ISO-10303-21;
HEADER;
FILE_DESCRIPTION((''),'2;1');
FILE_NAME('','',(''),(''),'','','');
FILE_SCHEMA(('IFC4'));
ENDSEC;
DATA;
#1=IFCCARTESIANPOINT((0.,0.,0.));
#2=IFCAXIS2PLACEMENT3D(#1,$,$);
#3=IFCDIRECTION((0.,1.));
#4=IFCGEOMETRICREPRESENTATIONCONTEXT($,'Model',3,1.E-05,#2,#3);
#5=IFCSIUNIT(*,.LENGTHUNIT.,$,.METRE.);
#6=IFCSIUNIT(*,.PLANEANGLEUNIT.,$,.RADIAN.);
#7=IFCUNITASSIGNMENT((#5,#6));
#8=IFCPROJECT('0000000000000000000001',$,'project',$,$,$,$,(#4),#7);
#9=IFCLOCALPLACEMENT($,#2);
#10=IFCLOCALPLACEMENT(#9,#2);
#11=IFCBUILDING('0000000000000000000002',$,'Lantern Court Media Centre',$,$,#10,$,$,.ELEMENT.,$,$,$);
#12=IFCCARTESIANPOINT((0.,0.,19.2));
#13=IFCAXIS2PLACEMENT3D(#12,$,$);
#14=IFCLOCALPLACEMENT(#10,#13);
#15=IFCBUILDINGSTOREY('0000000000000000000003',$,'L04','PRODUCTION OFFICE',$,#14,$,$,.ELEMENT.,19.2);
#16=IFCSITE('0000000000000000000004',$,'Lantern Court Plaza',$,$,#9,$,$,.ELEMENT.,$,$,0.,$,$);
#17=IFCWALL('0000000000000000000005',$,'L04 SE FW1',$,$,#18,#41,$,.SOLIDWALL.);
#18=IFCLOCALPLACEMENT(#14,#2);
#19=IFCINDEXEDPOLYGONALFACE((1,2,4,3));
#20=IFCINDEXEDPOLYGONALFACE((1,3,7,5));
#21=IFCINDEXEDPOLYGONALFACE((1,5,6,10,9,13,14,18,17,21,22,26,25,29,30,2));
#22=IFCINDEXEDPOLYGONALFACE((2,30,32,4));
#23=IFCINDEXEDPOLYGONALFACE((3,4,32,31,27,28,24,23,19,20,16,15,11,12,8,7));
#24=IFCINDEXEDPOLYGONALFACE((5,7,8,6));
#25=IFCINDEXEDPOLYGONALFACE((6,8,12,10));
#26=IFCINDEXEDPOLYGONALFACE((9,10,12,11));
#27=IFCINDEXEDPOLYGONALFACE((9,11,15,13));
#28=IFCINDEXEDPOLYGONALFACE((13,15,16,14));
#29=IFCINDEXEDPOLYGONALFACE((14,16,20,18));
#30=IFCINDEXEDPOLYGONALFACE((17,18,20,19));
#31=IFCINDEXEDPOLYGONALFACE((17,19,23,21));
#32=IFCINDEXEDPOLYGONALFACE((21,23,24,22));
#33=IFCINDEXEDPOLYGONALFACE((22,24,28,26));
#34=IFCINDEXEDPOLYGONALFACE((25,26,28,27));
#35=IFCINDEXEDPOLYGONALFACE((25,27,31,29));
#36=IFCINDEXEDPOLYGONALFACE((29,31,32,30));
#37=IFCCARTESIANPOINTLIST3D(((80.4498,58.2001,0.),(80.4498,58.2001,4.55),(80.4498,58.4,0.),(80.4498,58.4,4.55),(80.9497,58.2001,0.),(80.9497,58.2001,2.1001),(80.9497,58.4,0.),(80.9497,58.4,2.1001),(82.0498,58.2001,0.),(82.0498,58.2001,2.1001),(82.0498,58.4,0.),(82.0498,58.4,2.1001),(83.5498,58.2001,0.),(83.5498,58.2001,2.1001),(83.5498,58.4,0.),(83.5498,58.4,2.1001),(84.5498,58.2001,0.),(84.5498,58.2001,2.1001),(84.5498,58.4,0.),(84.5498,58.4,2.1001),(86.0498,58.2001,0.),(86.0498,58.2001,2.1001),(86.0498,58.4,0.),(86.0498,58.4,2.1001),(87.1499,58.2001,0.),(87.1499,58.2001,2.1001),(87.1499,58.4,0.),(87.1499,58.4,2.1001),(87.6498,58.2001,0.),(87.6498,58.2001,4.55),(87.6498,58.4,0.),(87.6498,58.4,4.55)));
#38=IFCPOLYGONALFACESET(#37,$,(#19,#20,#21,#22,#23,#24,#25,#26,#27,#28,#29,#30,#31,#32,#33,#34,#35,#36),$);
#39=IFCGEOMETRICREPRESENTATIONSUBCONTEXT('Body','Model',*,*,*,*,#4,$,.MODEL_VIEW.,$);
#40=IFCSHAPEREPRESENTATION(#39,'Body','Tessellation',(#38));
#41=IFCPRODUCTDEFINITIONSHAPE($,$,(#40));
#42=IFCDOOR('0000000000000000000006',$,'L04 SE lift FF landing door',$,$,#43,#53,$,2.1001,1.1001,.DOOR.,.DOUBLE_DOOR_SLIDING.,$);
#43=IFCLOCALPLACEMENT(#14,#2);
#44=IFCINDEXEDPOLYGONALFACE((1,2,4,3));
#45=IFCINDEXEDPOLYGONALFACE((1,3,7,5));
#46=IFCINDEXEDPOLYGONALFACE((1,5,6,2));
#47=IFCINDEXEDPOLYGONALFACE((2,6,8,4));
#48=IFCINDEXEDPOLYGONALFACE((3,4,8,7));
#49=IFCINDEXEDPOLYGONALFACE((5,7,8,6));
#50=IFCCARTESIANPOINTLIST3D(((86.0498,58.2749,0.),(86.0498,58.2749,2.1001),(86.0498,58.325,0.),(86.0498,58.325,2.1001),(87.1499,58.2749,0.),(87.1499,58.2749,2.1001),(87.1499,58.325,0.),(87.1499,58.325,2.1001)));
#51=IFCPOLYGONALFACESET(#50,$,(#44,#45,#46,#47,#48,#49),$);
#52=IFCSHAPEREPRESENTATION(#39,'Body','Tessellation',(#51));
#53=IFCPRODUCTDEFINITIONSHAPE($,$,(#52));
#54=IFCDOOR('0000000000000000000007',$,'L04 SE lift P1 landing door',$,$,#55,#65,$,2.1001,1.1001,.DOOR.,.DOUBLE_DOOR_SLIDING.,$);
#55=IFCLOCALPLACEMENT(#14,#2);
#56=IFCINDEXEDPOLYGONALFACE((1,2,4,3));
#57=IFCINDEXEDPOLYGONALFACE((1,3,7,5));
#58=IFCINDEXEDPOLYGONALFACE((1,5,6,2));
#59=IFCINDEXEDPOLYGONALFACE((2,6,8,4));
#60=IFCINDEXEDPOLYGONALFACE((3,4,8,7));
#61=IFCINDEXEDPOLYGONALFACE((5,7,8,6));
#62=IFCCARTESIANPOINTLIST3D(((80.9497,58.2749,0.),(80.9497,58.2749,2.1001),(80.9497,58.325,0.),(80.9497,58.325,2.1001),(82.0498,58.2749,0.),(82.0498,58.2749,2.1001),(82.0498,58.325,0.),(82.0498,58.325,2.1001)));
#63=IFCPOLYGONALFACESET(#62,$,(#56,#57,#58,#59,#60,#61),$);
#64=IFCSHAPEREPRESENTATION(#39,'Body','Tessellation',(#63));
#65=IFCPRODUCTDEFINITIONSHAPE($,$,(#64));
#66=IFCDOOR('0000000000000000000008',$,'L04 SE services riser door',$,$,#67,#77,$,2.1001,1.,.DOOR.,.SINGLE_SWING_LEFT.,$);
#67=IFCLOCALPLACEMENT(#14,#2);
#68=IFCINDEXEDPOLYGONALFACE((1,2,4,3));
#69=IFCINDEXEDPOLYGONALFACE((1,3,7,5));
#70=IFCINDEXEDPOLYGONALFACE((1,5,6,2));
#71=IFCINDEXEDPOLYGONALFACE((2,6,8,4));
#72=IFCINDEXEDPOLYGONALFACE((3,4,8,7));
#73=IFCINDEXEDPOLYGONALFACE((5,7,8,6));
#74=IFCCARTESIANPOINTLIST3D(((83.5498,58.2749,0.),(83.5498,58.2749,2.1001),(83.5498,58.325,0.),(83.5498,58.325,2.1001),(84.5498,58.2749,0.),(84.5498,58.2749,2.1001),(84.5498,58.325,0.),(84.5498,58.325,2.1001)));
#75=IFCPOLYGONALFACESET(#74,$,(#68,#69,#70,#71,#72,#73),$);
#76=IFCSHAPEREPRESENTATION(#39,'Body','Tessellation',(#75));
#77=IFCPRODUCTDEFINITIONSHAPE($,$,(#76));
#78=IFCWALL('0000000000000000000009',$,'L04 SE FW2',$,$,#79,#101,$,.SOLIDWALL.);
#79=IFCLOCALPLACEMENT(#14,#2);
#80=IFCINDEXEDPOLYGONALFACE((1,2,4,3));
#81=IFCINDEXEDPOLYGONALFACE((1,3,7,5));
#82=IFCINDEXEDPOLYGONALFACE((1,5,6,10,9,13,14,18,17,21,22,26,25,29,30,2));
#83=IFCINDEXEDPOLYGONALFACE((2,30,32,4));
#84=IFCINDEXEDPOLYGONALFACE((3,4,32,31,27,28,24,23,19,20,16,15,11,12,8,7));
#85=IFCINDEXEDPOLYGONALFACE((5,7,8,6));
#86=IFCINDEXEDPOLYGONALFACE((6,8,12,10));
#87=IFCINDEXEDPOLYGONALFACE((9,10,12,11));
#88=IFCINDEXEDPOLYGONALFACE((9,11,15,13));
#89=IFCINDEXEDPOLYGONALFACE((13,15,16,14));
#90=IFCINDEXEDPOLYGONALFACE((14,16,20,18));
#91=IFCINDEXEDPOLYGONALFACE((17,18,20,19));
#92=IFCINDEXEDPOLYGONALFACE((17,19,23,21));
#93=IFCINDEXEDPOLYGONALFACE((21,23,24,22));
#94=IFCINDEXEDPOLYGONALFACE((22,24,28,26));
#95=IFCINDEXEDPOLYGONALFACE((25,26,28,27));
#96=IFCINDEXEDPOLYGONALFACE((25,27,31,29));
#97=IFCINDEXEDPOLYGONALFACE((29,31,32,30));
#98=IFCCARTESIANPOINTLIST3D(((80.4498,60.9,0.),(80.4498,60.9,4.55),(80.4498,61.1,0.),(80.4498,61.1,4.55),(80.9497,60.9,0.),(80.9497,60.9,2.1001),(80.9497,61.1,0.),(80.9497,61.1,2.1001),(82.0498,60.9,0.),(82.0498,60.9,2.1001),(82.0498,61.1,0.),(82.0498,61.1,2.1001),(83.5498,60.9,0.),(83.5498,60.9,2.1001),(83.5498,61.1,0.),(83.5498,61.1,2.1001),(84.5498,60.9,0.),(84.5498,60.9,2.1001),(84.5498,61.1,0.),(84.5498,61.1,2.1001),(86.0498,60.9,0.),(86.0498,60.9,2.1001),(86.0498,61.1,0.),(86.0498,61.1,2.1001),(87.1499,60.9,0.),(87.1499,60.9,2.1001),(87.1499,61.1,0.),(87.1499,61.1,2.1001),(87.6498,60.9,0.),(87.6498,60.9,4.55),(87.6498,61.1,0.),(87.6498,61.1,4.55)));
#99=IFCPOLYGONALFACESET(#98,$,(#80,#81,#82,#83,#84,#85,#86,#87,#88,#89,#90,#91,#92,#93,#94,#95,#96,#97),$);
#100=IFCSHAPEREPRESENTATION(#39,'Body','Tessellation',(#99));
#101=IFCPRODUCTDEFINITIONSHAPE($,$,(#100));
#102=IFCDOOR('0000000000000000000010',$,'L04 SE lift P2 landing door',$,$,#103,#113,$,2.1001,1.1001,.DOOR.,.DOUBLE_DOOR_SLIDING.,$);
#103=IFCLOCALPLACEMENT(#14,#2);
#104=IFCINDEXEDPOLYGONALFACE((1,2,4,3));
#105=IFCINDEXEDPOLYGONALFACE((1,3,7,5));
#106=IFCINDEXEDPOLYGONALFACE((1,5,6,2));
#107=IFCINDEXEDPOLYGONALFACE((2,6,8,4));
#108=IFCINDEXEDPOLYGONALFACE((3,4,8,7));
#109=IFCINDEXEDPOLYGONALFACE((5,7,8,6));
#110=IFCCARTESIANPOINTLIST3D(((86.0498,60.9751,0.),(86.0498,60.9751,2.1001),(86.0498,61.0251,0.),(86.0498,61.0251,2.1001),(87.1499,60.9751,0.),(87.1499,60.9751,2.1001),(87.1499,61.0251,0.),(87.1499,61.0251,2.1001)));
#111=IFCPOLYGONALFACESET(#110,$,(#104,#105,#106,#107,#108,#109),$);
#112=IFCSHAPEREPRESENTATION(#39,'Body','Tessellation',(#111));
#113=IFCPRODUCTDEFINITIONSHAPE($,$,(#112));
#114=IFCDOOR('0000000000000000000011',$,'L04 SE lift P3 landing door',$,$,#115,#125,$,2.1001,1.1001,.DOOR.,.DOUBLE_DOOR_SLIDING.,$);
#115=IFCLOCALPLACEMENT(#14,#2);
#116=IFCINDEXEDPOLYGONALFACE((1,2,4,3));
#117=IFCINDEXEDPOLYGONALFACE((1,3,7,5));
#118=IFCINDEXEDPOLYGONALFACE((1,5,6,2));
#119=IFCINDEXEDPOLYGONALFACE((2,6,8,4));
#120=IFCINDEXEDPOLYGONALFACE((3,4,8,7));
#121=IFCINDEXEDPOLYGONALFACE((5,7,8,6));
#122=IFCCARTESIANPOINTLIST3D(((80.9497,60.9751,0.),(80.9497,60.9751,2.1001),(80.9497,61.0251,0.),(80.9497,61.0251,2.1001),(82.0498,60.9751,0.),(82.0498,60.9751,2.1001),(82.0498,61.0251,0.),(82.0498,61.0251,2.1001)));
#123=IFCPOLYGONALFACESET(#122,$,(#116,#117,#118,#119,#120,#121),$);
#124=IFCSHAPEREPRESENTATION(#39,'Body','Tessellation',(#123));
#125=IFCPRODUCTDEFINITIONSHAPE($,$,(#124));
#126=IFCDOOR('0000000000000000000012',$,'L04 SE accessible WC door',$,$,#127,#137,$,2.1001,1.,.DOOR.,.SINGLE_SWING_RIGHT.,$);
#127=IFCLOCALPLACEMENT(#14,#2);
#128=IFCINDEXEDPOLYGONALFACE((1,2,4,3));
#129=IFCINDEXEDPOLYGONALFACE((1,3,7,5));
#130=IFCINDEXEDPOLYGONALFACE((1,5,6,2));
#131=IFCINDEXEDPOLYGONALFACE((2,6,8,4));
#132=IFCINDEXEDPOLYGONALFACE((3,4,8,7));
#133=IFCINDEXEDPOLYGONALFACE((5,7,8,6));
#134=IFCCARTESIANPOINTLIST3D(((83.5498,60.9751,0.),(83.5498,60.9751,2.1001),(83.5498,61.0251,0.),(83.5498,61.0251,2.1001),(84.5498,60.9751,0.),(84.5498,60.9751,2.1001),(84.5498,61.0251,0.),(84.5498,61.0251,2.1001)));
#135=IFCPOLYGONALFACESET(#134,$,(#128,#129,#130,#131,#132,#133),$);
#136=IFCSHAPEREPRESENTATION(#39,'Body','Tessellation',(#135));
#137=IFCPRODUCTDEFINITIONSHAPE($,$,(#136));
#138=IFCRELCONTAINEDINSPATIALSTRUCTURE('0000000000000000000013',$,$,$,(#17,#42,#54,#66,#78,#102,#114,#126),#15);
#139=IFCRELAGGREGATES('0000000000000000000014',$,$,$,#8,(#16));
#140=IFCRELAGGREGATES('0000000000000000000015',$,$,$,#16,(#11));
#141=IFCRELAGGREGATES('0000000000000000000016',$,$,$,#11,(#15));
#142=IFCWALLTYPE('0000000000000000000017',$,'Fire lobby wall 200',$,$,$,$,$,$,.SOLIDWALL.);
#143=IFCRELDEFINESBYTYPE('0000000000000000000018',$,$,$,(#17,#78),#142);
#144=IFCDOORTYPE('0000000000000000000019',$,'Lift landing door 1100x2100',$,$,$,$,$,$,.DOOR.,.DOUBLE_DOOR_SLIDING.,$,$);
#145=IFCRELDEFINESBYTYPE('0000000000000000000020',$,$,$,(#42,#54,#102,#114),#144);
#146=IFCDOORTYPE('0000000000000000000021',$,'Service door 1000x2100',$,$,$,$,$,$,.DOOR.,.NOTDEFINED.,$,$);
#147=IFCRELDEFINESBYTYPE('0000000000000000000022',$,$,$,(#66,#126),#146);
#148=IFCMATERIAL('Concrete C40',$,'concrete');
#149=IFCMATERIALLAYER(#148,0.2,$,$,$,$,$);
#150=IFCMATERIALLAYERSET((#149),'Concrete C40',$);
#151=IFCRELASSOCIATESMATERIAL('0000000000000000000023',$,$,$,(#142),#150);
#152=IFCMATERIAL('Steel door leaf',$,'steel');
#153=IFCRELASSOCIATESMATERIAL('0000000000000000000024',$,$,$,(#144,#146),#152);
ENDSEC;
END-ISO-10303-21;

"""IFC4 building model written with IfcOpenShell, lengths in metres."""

from ifc_helpers import new_model, si_unit, direction, frame, frame_2d, origin, place, context, subcontext, project, spatial, rectangle, extrude, material, layer, layer_set, type_object, element, fill, save


model = new_model("IFC4")

# Units and contexts
model_context = context("Model", 3, precision=1e-05, world=origin(), true_north=direction((0.0, 1.0)))
body_context = subcontext(model_context, "Body", "Model", "MODEL_VIEW")
ifc_project = project(units=[si_unit("LENGTHUNIT", "METRE"), si_unit("PLANEANGLEUNIT", "RADIAN")], contexts=[model_context])

# Site, building, storey
site_placement = place(None, origin())
site = spatial("IfcSite", under=ifc_project, at=site_placement, Name="Lantern Court Plaza", CompositionType="ELEMENT", RefElevation=0.0)
building_placement = place(site_placement, origin())
building = spatial("IfcBuilding", under=site, at=building_placement, Name="Lantern Court Media Centre", CompositionType="ELEMENT")
storey_placement = place(building_placement, frame((0.0, 0.0, 19.2)))
storey = spatial("IfcBuildingStorey", under=building, at=storey_placement, Name="L04", Description="PRODUCTION OFFICE", CompositionType="ELEMENT", Elevation=19.2)

# Walls, openings, doors
ifc_material_1 = material(Name="Concrete C40", Category="concrete")
ifc_layer_1 = layer(ifc_material_1, 0.2)
ifc_layer_set_1 = layer_set([ifc_layer_1], Name="Concrete C40")
wall_type_1 = type_object("IfcWallType", Name="Fire lobby wall 200", PredefinedType="SOLIDWALL", material=ifc_layer_set_1)
wall_1_placement = place(storey_placement, frame((87.6499, 58.3, 0.0), z_axis=(0.0, 0.0, 1.0), x_axis=(-1.0, 0.0, 0.0)))
wall_1 = element("IfcWall", 1, at=wall_1_placement, inside=storey, type_object=wall_type_1, Name="L04 SE FW1", PredefinedType="SOLIDWALL", context=body_context, shape_type="SweptSolid", body=[
    extrude(rectangle(XDim=7.2, YDim=0.2, at=frame_2d((3.6001, 0.0))), origin(), (0.0, 0.0, 1.0), 4.55),
])
opening_1_placement = place(wall_1_placement, frame((0.5, 0.0, 0.0)))
opening_1 = element("IfcOpeningElement", 2, at=opening_1_placement, cuts=wall_1, PredefinedType="OPENING", context=body_context, shape_type="SweptSolid", body=[
    extrude(rectangle(XDim=1.1001, YDim=2.1001, at=frame_2d((0.55, 1.05))), frame((0.0, 0.1099, 0.0), z_axis=(0.0, -1.0, 0.0), x_axis=(1.0, 0.0, 0.0)), (0.0, 0.0, 1.0), 0.22),
])
opening_2_placement = place(wall_1_placement, frame((5.6001, 0.0, 0.0)))
opening_2 = element("IfcOpeningElement", 3, at=opening_2_placement, cuts=wall_1, PredefinedType="OPENING", context=body_context, shape_type="SweptSolid", body=[
    extrude(rectangle(XDim=1.1001, YDim=2.1001, at=frame_2d((0.55, 1.05))), frame((0.0, 0.1099, 0.0), z_axis=(0.0, -1.0, 0.0), x_axis=(1.0, 0.0, 0.0)), (0.0, 0.0, 1.0), 0.22),
])
opening_3_placement = place(wall_1_placement, frame((3.1001, 0.0, 0.0)))
opening_3 = element("IfcOpeningElement", 4, at=opening_3_placement, cuts=wall_1, PredefinedType="OPENING", context=body_context, shape_type="SweptSolid", body=[
    extrude(rectangle(XDim=1.0, YDim=2.1001, at=frame_2d((0.5, 1.05))), frame((0.0, 0.1099, 0.0), z_axis=(0.0, -1.0, 0.0), x_axis=(1.0, 0.0, 0.0)), (0.0, 0.0, 1.0), 0.22),
])
ifc_material_2 = material(Name="Steel door leaf", Category="steel")
door_type_1 = type_object("IfcDoorType", Name="Lift landing door 1100x2100", OperationType="DOUBLE_DOOR_SLIDING", PredefinedType="DOOR", material=ifc_material_2)
door_1_placement = place(opening_1_placement, frame((1.1001, 0.0, 0.0), z_axis=(0.0, 0.0, 1.0), x_axis=(-1.0, 0.0, 0.0)))
door_1 = element("IfcDoor", 5, at=door_1_placement, inside=storey, type_object=door_type_1, Name="L04 SE lift FF landing door", OperationType="DOUBLE_DOOR_SLIDING", OverallHeight=2.1001, OverallWidth=1.1001, PredefinedType="DOOR", context=body_context, shape_type="SweptSolid", body=[
    extrude(rectangle(XDim=1.1001, YDim=2.1001, at=frame_2d((0.55, 1.05))), frame((0.0, 0.0249, 0.0), z_axis=(0.0, -1.0, 0.0), x_axis=(1.0, 0.0, 0.0)), (0.0, 0.0, 1.0), 0.05),
])
fill(opening_1, door_1)
door_2_placement = place(opening_2_placement, frame((1.1001, 0.0, 0.0), z_axis=(0.0, 0.0, 1.0), x_axis=(-1.0, 0.0, 0.0)))
door_2 = element("IfcDoor", 6, at=door_2_placement, inside=storey, type_object=door_type_1, Name="L04 SE lift P1 landing door", OperationType="DOUBLE_DOOR_SLIDING", OverallHeight=2.1001, OverallWidth=1.1001, PredefinedType="DOOR", context=body_context, shape_type="SweptSolid", body=[
    extrude(rectangle(XDim=1.1001, YDim=2.1001, at=frame_2d((0.55, 1.05))), frame((0.0, 0.0249, 0.0), z_axis=(0.0, -1.0, 0.0), x_axis=(1.0, 0.0, 0.0)), (0.0, 0.0, 1.0), 0.05),
])
fill(opening_2, door_2)
door_type_2 = type_object("IfcDoorType", Name="Service door 1000x2100", OperationType="NOTDEFINED", PredefinedType="DOOR", material=ifc_material_2)
door_3_placement = place(opening_3_placement, frame((1.0, 0.0, 0.0), z_axis=(0.0, 0.0, 1.0), x_axis=(-1.0, 0.0, 0.0)))
door_3 = element("IfcDoor", 7, at=door_3_placement, inside=storey, type_object=door_type_2, Name="L04 SE services riser door", OperationType="SINGLE_SWING_LEFT", OverallHeight=2.1001, OverallWidth=1.0, PredefinedType="DOOR", context=body_context, shape_type="SweptSolid", body=[
    extrude(rectangle(XDim=1.0, YDim=2.1001, at=frame_2d((0.5, 1.05))), frame((0.0, 0.0249, 0.0), z_axis=(0.0, -1.0, 0.0), x_axis=(1.0, 0.0, 0.0)), (0.0, 0.0, 1.0), 0.05),
])
fill(opening_3, door_3)
wall_2_placement = place(storey_placement, frame((87.6499, 61.0, 0.0), z_axis=(0.0, 0.0, 1.0), x_axis=(-1.0, 0.0, 0.0)))
wall_2 = element("IfcWall", 8, at=wall_2_placement, inside=storey, type_object=wall_type_1, Name="L04 SE FW2", PredefinedType="SOLIDWALL", context=body_context, shape_type="SweptSolid", body=[
    extrude(rectangle(XDim=7.2, YDim=0.2, at=frame_2d((3.6001, 0.0))), origin(), (0.0, 0.0, 1.0), 4.55),
])
opening_4_placement = place(wall_2_placement, frame((0.5, 0.0, 0.0)))
opening_4 = element("IfcOpeningElement", 9, at=opening_4_placement, cuts=wall_2, PredefinedType="OPENING", context=body_context, shape_type="SweptSolid", body=[
    extrude(rectangle(XDim=1.1001, YDim=2.1001, at=frame_2d((0.55, 1.05))), frame((0.0, 0.1099, 0.0), z_axis=(0.0, -1.0, 0.0), x_axis=(1.0, 0.0, 0.0)), (0.0, 0.0, 1.0), 0.22),
])
opening_5_placement = place(wall_2_placement, frame((5.6001, 0.0, 0.0)))
opening_5 = element("IfcOpeningElement", 10, at=opening_5_placement, cuts=wall_2, PredefinedType="OPENING", context=body_context, shape_type="SweptSolid", body=[
    extrude(rectangle(XDim=1.1001, YDim=2.1001, at=frame_2d((0.55, 1.05))), frame((0.0, 0.1099, 0.0), z_axis=(0.0, -1.0, 0.0), x_axis=(1.0, 0.0, 0.0)), (0.0, 0.0, 1.0), 0.22),
])
opening_6_placement = place(wall_2_placement, frame((3.1001, 0.0, 0.0)))
opening_6 = element("IfcOpeningElement", 11, at=opening_6_placement, cuts=wall_2, PredefinedType="OPENING", context=body_context, shape_type="SweptSolid", body=[
    extrude(rectangle(XDim=1.0, YDim=2.1001, at=frame_2d((0.5, 1.05))), frame((0.0, 0.1099, 0.0), z_axis=(0.0, -1.0, 0.0), x_axis=(1.0, 0.0, 0.0)), (0.0, 0.0, 1.0), 0.22),
])
door_4_placement = place(opening_4_placement, origin())
door_4 = element("IfcDoor", 12, at=door_4_placement, inside=storey, type_object=door_type_1, Name="L04 SE lift P2 landing door", OperationType="DOUBLE_DOOR_SLIDING", OverallHeight=2.1001, OverallWidth=1.1001, PredefinedType="DOOR", context=body_context, shape_type="SweptSolid", body=[
    extrude(rectangle(XDim=1.1001, YDim=2.1001, at=frame_2d((0.55, 1.05))), frame((0.0, 0.0249, 0.0), z_axis=(0.0, -1.0, 0.0), x_axis=(1.0, 0.0, 0.0)), (0.0, 0.0, 1.0), 0.05),
])
fill(opening_4, door_4)
door_5_placement = place(opening_5_placement, origin())
door_5 = element("IfcDoor", 13, at=door_5_placement, inside=storey, type_object=door_type_1, Name="L04 SE lift P3 landing door", OperationType="DOUBLE_DOOR_SLIDING", OverallHeight=2.1001, OverallWidth=1.1001, PredefinedType="DOOR", context=body_context, shape_type="SweptSolid", body=[
    extrude(rectangle(XDim=1.1001, YDim=2.1001, at=frame_2d((0.55, 1.05))), frame((0.0, 0.0249, 0.0), z_axis=(0.0, -1.0, 0.0), x_axis=(1.0, 0.0, 0.0)), (0.0, 0.0, 1.0), 0.05),
])
fill(opening_5, door_5)
door_6_placement = place(opening_6_placement, origin())
door_6 = element("IfcDoor", 14, at=door_6_placement, inside=storey, type_object=door_type_2, Name="L04 SE accessible WC door", OperationType="SINGLE_SWING_RIGHT", OverallHeight=2.1001, OverallWidth=1.0, PredefinedType="DOOR", context=body_context, shape_type="SweptSolid", body=[
    extrude(rectangle(XDim=1.0, YDim=2.1001, at=frame_2d((0.5, 1.05))), frame((0.0, 0.0249, 0.0), z_axis=(0.0, -1.0, 0.0), x_axis=(1.0, 0.0, 0.0)), (0.0, 0.0, 1.0), 0.05),
])
fill(opening_6, door_6)

save(model, "model.ifc")
